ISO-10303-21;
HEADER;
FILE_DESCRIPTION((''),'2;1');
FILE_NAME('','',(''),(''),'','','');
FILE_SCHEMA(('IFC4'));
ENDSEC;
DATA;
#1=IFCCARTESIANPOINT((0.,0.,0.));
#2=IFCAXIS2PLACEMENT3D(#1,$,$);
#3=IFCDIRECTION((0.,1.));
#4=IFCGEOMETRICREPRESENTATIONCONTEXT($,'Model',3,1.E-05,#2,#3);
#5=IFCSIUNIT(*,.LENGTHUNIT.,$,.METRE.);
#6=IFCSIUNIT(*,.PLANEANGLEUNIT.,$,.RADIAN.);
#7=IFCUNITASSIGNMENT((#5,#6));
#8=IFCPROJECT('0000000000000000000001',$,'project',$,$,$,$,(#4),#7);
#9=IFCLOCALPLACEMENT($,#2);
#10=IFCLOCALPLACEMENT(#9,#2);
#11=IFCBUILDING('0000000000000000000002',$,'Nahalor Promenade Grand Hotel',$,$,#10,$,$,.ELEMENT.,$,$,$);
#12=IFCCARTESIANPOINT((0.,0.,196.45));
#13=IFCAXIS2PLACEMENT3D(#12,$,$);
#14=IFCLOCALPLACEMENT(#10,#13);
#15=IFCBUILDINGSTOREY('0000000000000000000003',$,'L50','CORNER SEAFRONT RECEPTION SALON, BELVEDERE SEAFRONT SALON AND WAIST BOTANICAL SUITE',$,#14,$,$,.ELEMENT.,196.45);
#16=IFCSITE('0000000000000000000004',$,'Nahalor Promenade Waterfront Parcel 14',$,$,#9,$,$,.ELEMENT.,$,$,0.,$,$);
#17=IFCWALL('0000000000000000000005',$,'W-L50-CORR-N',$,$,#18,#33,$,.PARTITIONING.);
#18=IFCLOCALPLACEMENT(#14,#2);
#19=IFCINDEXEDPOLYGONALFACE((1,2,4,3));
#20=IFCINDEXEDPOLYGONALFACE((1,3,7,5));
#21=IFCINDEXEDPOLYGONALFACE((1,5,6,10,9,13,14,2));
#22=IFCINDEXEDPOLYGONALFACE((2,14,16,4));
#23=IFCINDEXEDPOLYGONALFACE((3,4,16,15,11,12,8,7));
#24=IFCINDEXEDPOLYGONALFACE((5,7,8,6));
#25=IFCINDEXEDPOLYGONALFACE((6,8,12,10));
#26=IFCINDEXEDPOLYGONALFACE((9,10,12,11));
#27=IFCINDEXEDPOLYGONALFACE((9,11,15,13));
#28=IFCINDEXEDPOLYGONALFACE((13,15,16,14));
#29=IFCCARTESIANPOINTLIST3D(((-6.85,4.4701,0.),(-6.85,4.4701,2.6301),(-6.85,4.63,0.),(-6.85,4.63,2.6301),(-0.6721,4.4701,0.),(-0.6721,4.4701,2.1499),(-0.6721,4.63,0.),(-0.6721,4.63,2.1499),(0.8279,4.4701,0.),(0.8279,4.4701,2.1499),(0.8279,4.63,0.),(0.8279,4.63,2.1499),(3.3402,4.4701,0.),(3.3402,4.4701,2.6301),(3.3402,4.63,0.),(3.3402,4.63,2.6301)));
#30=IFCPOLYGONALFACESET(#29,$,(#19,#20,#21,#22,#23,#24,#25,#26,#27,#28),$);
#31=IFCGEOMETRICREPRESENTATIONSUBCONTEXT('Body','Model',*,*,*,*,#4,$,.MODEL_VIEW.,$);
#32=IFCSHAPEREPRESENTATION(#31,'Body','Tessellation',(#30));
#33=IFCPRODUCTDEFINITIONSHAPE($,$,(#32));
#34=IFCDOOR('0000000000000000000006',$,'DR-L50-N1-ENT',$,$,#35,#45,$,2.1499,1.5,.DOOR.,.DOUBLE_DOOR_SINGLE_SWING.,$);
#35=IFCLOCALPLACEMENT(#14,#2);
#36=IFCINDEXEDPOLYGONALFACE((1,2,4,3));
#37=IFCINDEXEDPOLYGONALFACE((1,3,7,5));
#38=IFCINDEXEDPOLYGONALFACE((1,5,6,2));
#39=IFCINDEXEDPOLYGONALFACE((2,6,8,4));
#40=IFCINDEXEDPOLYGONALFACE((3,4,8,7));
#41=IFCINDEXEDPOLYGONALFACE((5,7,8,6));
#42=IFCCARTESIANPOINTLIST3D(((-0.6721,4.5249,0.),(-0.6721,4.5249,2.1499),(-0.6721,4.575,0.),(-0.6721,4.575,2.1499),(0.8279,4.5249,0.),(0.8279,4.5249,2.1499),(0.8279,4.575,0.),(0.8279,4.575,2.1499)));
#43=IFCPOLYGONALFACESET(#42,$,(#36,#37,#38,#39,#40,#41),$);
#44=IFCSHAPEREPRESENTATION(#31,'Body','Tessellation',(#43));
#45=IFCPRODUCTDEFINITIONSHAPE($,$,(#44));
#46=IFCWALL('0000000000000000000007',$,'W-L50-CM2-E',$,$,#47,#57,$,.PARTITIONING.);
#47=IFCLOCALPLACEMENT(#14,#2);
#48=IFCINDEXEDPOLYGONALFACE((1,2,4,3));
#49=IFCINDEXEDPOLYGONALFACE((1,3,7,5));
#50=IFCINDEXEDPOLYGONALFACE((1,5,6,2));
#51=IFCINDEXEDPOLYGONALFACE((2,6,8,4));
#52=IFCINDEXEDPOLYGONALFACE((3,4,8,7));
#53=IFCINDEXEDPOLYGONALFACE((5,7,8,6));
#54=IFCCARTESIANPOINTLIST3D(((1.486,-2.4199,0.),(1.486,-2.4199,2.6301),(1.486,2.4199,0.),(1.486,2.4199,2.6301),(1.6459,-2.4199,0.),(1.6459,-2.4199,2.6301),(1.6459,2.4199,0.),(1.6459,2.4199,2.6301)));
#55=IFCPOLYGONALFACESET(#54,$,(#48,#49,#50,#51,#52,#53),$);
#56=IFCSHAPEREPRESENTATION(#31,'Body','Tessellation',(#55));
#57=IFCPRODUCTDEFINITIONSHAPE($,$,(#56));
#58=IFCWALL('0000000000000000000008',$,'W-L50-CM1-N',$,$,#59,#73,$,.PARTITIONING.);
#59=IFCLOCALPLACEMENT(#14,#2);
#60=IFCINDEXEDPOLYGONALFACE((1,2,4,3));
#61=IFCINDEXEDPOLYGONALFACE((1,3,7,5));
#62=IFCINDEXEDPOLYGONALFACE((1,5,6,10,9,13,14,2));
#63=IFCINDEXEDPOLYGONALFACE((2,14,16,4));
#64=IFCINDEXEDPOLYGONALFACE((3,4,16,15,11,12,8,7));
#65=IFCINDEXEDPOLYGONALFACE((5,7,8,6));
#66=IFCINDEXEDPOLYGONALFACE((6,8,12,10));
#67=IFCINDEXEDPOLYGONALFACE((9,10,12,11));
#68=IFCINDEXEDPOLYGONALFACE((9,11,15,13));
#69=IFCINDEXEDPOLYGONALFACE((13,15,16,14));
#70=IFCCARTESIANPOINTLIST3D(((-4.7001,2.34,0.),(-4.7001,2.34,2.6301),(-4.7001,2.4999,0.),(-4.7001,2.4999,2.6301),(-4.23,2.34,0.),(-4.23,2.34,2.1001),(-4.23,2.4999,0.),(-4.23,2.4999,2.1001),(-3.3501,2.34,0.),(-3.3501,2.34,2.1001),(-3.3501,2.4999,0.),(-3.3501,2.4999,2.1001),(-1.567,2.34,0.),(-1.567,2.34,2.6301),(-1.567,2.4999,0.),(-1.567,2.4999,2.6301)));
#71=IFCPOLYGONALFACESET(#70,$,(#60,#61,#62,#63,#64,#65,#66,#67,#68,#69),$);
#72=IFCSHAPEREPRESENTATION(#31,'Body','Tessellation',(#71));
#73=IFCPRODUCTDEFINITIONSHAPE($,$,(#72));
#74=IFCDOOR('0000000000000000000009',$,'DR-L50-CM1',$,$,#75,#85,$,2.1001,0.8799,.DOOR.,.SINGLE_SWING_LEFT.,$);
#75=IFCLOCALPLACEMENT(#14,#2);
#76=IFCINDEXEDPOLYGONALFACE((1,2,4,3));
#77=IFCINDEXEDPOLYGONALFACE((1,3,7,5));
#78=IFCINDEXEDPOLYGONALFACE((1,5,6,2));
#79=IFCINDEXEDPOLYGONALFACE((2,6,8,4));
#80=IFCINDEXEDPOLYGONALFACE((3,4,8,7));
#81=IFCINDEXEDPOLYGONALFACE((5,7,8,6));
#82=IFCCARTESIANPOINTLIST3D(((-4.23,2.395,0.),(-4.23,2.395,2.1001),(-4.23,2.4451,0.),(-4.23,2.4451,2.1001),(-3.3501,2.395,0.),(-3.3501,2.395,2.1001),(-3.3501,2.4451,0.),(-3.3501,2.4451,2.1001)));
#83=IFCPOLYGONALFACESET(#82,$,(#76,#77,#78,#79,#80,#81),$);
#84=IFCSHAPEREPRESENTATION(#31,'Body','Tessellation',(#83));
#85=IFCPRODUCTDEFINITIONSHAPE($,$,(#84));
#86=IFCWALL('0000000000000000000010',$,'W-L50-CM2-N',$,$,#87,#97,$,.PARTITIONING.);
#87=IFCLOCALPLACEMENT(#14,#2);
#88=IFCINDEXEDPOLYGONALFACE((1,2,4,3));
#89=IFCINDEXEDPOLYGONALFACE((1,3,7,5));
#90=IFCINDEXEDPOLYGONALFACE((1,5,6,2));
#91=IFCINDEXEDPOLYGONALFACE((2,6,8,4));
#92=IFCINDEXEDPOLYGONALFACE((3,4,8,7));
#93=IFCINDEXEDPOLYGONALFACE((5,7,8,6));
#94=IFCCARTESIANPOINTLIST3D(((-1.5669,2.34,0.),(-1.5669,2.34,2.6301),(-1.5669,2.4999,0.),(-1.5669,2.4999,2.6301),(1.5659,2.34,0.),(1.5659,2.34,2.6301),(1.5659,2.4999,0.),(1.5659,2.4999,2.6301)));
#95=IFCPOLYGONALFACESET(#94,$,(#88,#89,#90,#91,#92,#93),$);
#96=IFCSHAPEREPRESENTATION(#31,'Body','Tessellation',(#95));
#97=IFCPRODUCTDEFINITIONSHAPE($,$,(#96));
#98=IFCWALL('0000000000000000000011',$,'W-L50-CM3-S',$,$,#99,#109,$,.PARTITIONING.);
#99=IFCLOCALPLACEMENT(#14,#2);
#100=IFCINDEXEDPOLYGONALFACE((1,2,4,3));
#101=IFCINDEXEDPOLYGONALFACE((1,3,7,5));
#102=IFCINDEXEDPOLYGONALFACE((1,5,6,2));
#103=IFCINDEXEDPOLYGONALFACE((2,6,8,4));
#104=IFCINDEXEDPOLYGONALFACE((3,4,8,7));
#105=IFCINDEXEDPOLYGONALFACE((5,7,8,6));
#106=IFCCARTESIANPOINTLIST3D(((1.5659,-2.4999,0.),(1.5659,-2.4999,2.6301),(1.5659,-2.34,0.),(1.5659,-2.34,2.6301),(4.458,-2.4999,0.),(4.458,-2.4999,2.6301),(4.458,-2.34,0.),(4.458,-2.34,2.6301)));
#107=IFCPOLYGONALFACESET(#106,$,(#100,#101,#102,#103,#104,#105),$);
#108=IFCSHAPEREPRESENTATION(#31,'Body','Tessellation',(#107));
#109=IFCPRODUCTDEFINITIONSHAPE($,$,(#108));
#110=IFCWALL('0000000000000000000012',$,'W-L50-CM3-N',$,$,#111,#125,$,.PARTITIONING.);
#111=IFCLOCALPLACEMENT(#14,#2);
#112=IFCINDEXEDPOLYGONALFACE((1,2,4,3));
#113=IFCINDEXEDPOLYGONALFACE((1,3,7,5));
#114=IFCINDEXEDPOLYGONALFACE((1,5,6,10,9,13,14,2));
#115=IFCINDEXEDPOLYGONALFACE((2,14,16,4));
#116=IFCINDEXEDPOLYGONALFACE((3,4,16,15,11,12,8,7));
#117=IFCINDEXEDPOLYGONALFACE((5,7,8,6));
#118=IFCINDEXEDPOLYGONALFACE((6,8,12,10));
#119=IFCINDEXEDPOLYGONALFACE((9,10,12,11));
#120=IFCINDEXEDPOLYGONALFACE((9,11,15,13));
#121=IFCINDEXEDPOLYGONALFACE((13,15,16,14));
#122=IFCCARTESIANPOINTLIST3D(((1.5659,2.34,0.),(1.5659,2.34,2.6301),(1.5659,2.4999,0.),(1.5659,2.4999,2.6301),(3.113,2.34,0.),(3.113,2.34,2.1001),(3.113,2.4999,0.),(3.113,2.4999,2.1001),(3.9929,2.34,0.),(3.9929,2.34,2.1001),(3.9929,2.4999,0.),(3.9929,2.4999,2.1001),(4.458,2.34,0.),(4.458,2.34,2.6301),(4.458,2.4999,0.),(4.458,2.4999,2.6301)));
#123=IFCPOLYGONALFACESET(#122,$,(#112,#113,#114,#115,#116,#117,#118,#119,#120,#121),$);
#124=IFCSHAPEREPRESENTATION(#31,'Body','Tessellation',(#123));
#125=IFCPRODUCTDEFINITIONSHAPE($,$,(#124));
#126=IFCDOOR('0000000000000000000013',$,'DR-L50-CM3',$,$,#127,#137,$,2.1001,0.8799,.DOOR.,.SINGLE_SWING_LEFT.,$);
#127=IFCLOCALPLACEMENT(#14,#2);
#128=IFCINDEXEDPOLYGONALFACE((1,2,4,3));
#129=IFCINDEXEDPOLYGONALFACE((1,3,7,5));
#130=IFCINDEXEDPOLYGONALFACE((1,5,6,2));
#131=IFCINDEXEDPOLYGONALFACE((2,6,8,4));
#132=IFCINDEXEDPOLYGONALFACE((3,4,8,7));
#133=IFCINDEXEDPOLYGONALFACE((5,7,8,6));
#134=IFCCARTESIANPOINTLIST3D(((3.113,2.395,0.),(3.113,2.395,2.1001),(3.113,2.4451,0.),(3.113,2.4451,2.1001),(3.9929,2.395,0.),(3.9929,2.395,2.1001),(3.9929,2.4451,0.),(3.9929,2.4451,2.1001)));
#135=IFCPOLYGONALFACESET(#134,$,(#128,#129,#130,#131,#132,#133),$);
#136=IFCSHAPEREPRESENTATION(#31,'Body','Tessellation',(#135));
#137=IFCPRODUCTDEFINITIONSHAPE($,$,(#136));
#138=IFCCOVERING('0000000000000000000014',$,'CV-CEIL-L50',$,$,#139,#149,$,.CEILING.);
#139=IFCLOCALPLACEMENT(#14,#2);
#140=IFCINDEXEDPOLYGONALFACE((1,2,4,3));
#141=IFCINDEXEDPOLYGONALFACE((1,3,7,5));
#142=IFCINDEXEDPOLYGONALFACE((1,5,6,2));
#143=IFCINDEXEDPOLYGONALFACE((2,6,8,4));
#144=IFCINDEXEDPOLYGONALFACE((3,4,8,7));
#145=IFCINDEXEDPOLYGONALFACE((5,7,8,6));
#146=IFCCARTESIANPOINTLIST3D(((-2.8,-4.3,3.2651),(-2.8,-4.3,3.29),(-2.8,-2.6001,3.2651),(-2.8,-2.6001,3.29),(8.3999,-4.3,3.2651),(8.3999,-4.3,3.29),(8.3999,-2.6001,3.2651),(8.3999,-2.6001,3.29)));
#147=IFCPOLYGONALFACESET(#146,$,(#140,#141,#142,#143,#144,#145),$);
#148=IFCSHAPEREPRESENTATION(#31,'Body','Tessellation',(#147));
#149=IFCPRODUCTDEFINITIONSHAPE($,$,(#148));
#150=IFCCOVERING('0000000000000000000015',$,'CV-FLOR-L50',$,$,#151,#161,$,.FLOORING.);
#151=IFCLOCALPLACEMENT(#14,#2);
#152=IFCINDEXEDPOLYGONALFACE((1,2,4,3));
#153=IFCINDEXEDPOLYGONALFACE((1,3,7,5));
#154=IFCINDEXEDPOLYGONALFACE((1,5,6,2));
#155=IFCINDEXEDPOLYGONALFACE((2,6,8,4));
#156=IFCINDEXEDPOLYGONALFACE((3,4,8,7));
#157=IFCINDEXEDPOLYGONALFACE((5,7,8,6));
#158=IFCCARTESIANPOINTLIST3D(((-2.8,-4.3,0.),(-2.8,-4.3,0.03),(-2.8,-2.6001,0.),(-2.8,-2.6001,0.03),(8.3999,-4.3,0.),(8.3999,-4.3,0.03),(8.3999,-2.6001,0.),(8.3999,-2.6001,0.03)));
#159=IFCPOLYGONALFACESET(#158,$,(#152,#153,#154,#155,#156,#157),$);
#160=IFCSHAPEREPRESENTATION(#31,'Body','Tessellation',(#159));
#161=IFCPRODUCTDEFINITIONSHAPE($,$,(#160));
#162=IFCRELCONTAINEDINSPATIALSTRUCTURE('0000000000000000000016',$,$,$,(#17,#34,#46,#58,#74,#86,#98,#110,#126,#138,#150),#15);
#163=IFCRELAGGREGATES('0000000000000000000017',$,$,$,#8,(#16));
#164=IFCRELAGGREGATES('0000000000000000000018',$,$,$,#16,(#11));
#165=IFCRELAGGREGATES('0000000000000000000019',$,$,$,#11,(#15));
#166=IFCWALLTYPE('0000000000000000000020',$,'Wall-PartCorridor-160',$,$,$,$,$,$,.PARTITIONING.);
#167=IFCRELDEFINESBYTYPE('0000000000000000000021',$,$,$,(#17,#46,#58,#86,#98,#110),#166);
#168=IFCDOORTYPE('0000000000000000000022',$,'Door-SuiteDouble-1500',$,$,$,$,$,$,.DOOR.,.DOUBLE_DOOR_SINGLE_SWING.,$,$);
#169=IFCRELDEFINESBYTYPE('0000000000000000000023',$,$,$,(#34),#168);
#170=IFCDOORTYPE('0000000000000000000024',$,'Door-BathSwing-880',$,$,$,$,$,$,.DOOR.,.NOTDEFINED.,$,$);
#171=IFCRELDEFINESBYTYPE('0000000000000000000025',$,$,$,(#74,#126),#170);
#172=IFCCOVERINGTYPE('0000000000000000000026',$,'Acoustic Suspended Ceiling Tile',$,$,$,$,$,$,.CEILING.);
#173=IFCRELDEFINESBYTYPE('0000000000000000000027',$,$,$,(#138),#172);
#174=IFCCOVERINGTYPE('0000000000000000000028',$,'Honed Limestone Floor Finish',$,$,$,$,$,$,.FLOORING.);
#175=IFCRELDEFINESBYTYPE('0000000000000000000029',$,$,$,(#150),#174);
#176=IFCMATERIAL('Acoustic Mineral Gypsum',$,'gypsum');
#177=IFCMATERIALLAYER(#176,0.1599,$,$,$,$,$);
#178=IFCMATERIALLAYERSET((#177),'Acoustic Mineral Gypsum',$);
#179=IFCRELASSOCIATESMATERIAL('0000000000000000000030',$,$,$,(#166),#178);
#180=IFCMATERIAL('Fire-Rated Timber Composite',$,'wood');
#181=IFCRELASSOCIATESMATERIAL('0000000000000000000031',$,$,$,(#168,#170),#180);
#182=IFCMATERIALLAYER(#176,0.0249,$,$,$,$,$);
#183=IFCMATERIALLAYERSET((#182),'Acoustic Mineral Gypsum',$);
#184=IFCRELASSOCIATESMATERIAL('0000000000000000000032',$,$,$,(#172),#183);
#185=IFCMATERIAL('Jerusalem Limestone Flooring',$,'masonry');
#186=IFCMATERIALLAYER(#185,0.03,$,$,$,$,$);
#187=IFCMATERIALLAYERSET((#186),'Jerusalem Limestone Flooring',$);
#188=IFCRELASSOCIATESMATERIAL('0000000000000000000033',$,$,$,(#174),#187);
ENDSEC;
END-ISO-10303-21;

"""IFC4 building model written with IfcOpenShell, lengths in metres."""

from ifc_helpers import new_model, si_unit, direction, frame, frame_2d, origin, place, context, subcontext, project, spatial, polyline, rectangle, outline, extrude, source, transform, mapped, material, layer, layer_set, type_object, element, fill, save


model = new_model("IFC4")

# Units and contexts
model_context = context("Model", 3, precision=1e-05, world=origin(), true_north=direction((0.0, 1.0)))
body_context = subcontext(model_context, "Body", "Model", "MODEL_VIEW")
ifc_project = project(units=[si_unit("LENGTHUNIT", "METRE"), si_unit("PLANEANGLEUNIT", "RADIAN")], contexts=[model_context])

# Site, building, storey
site_placement = place(None, origin())
site = spatial("IfcSite", under=ifc_project, at=site_placement, Name="Nahalor Promenade Waterfront Parcel 14", CompositionType="ELEMENT", RefElevation=0.0)
building_placement = place(site_placement, origin())
building = spatial("IfcBuilding", under=site, at=building_placement, Name="Nahalor Promenade Grand Hotel", CompositionType="ELEMENT")
storey_placement = place(building_placement, frame((0.0, 0.0, 196.45)))
storey = spatial("IfcBuildingStorey", under=building, at=storey_placement, Name="L50", Description="CORNER SEAFRONT RECEPTION SALON, BELVEDERE SEAFRONT SALON AND WAIST BOTANICAL SUITE", CompositionType="ELEMENT", Elevation=196.45)

# Wall, opening, door
ifc_material_1 = material(Name="Acoustic Mineral Gypsum", Category="gypsum")
ifc_layer_1 = layer(ifc_material_1, 0.1599)
ifc_layer_set_1 = layer_set([ifc_layer_1], Name="Acoustic Mineral Gypsum")
wall_type = type_object("IfcWallType", Name="Wall-PartCorridor-160", PredefinedType="PARTITIONING", material=ifc_layer_set_1)
ifc_material_2 = material(Name="Fire-Rated Timber Composite", Category="wood")
shared_shape_1 = source(origin(), body_context, "Body", "SweptSolid", [
    extrude(rectangle(XDim=10.1902, YDim=0.1599, at=frame_2d((5.0952, 0.0))), origin(), (0.0, 0.0, 1.0), 2.6301),
])
wall_1_placement = place(storey_placement, frame((-6.8501, 4.55, 0.0), z_axis=(0.0, 0.0, 1.0), x_axis=(1.0, 0.0, 0.0)))
wall_1 = element("IfcWall", 1, at=wall_1_placement, inside=storey, type_object=wall_type, Name="W-L50-CORR-N", PredefinedType="PARTITIONING", context=body_context, shape_type="MappedRepresentation", body=[
    mapped(shared_shape_1, transform((0.0, 0.0, 0.0), scale=1.0)),
])
opening_1_placement = place(wall_1_placement, frame((6.178, 0.0, 0.0)))
opening_1 = element("IfcOpeningElement", 2, at=opening_1_placement, cuts=wall_1, PredefinedType="OPENING", context=body_context, shape_type="SweptSolid", body=[
    extrude(rectangle(XDim=1.5, YDim=2.1499, at=frame_2d((0.75, 1.075))), frame((0.0, 0.0898, 0.0), z_axis=(0.0, -1.0, 0.0), x_axis=(1.0, 0.0, 0.0)), (0.0, 0.0, 1.0), 0.1799),
])
door_type_1 = type_object("IfcDoorType", Name="Door-SuiteDouble-1500", OperationType="DOUBLE_DOOR_SINGLE_SWING", PredefinedType="DOOR", material=ifc_material_2)
shared_shape_2 = source(origin(), body_context, "Body", "SweptSolid", [
    extrude(rectangle(XDim=1.5, YDim=2.1499, at=frame_2d((0.75, 1.075))), frame((0.0, 0.0249, 0.0), z_axis=(0.0, -1.0, 0.0), x_axis=(1.0, 0.0, 0.0)), (0.0, 0.0, 1.0), 0.05),
])
door_1_placement = place(opening_1_placement, origin())
door_1 = element("IfcDoor", 3, at=door_1_placement, inside=storey, type_object=door_type_1, Name="DR-L50-N1-ENT", OperationType="DOUBLE_DOOR_SINGLE_SWING", OverallHeight=2.1499, OverallWidth=1.5, PredefinedType="DOOR", context=body_context, shape_type="MappedRepresentation", body=[
    mapped(shared_shape_2, transform((0.0, 0.0, 0.0), scale=1.0)),
])
fill(opening_1, door_1)

# Wall
shared_shape_3 = source(origin(), body_context, "Body", "SweptSolid", [
    extrude(rectangle(XDim=4.8398, YDim=0.1599, at=frame_2d((2.4199, 0.0))), origin(), (0.0, 0.0, 1.0), 2.6301),
])
wall_2_placement = place(storey_placement, frame((1.5659, -2.4199, 0.0), z_axis=(0.0, 0.0, 1.0), x_axis=(0.0, 1.0, 0.0)))
element("IfcWall", 4, at=wall_2_placement, inside=storey, type_object=wall_type, Name="W-L50-CM2-E", PredefinedType="PARTITIONING", context=body_context, shape_type="MappedRepresentation", body=[
    mapped(shared_shape_3, transform((0.0, 0.0, 0.0), scale=1.0)),
])

# Wall, opening, door
shared_shape_4 = source(origin(), body_context, "Body", "SweptSolid", [
    extrude(rectangle(XDim=3.1331, YDim=0.1599, at=frame_2d((1.5664, 0.0))), origin(), (0.0, 0.0, 1.0), 2.6301),
])
wall_3_placement = place(storey_placement, frame((-4.7, 2.4199, 0.0), z_axis=(0.0, 0.0, 1.0), x_axis=(1.0, 0.0, 0.0)))
wall_3 = element("IfcWall", 5, at=wall_3_placement, inside=storey, type_object=wall_type, Name="W-L50-CM1-N", PredefinedType="PARTITIONING", context=body_context, shape_type="MappedRepresentation", body=[
    mapped(shared_shape_4, transform((0.0, 0.0, 0.0), scale=1.0)),
])
opening_2_placement = place(wall_3_placement, frame((0.47, 0.0, 0.0)))
opening_2 = element("IfcOpeningElement", 6, at=opening_2_placement, cuts=wall_3, PredefinedType="OPENING", context=body_context, shape_type="SweptSolid", body=[
    extrude(rectangle(XDim=0.8799, YDim=2.1001, at=frame_2d((0.4399, 1.05))), frame((0.0, 0.0898, 0.0), z_axis=(0.0, -1.0, 0.0), x_axis=(1.0, 0.0, 0.0)), (0.0, 0.0, 1.0), 0.1799),
])
door_type_2 = type_object("IfcDoorType", Name="Door-BathSwing-880", OperationType="NOTDEFINED", PredefinedType="DOOR", material=ifc_material_2)
shared_shape_5 = source(origin(), body_context, "Body", "SweptSolid", [
    extrude(rectangle(XDim=0.8799, YDim=2.1001, at=frame_2d((0.4399, 1.05))), frame((0.0, 0.0249, 0.0), z_axis=(0.0, -1.0, 0.0), x_axis=(1.0, 0.0, 0.0)), (0.0, 0.0, 1.0), 0.05),
])
door_2_placement = place(opening_2_placement, frame((0.8799, 0.0, 0.0), z_axis=(0.0, 0.0, 1.0), x_axis=(-1.0, 0.0, 0.0)))
door_2 = element("IfcDoor", 7, at=door_2_placement, inside=storey, type_object=door_type_2, Name="DR-L50-CM1", OperationType="SINGLE_SWING_LEFT", OverallHeight=2.1001, OverallWidth=0.8799, PredefinedType="DOOR", context=body_context, shape_type="MappedRepresentation", body=[
    mapped(shared_shape_5, transform((0.0, 0.0, 0.0), scale=1.0)),
])
fill(opening_2, door_2)

# Walls
shared_shape_6 = source(origin(), body_context, "Body", "SweptSolid", [
    extrude(rectangle(XDim=3.1328, YDim=0.1599, at=frame_2d((1.5664, 0.0))), origin(), (0.0, 0.0, 1.0), 2.6301),
])
wall_4_placement = place(storey_placement, frame((-1.5669, 2.4199, 0.0), z_axis=(0.0, 0.0, 1.0), x_axis=(1.0, 0.0, 0.0)))
element("IfcWall", 8, at=wall_4_placement, inside=storey, type_object=wall_type, Name="W-L50-CM2-N", PredefinedType="PARTITIONING", context=body_context, shape_type="MappedRepresentation", body=[
    mapped(shared_shape_6, transform((0.0, 0.0, 0.0), scale=1.0)),
])
shared_shape_7 = source(origin(), body_context, "Body", "SweptSolid", [
    extrude(rectangle(XDim=2.8921, YDim=0.1599, at=frame_2d((1.446, 0.0))), origin(), (0.0, 0.0, 1.0), 2.6301),
])
wall_5_placement = place(storey_placement, frame((1.5659, -2.4199, 0.0), z_axis=(0.0, 0.0, 1.0), x_axis=(1.0, 0.0, 0.0)))
element("IfcWall", 9, at=wall_5_placement, inside=storey, type_object=wall_type, Name="W-L50-CM3-S", PredefinedType="PARTITIONING", context=body_context, shape_type="MappedRepresentation", body=[
    mapped(shared_shape_7, transform((0.0, 0.0, 0.0), scale=1.0)),
])

# Wall, opening, door
wall_6_placement = place(storey_placement, frame((1.5659, 2.4199, 0.0), z_axis=(0.0, 0.0, 1.0), x_axis=(1.0, 0.0, 0.0)))
wall_6 = element("IfcWall", 10, at=wall_6_placement, inside=storey, type_object=wall_type, Name="W-L50-CM3-N", PredefinedType="PARTITIONING", context=body_context, shape_type="MappedRepresentation", body=[
    mapped(shared_shape_7, transform((0.0, 0.0, 0.0), scale=1.0)),
])
opening_3_placement = place(wall_6_placement, frame((1.5471, 0.0, 0.0)))
opening_3 = element("IfcOpeningElement", 11, at=opening_3_placement, cuts=wall_6, PredefinedType="OPENING", context=body_context, shape_type="SweptSolid", body=[
    extrude(rectangle(XDim=0.8799, YDim=2.1001, at=frame_2d((0.4399, 1.05))), frame((0.0, 0.0898, 0.0), z_axis=(0.0, -1.0, 0.0), x_axis=(1.0, 0.0, 0.0)), (0.0, 0.0, 1.0), 0.1799),
])
door_3_placement = place(opening_3_placement, frame((0.8799, 0.0, 0.0), z_axis=(0.0, 0.0, 1.0), x_axis=(-1.0, 0.0, 0.0)))
door_3 = element("IfcDoor", 12, at=door_3_placement, inside=storey, type_object=door_type_2, Name="DR-L50-CM3", OperationType="SINGLE_SWING_LEFT", OverallHeight=2.1001, OverallWidth=0.8799, PredefinedType="DOOR", context=body_context, shape_type="MappedRepresentation", body=[
    mapped(shared_shape_5, transform((0.0, 0.0, 0.0), scale=1.0)),
])
fill(opening_3, door_3)

# Coverings
ifc_layer_2 = layer(ifc_material_1, 0.0249)
ifc_layer_set_2 = layer_set([ifc_layer_2], Name="Acoustic Mineral Gypsum")
covering_type_1 = type_object("IfcCoveringType", Name="Acoustic Suspended Ceiling Tile", PredefinedType="CEILING", material=ifc_layer_set_2)
covering_1_placement = place(storey_placement, frame((0.0, 0.0, 3.2651)))
element("IfcCovering", 13, at=covering_1_placement, inside=storey, type_object=covering_type_1, Name="CV-CEIL-L50", PredefinedType="CEILING", context=body_context, shape_type="SweptSolid", body=[
    extrude(outline(polyline([(-2.8, -4.3), (8.3999, -4.3), (8.3999, -2.6001), (-2.8, -2.6001), (-2.8, -4.3)])), origin(), (0.0, 0.0, 1.0), 0.0249),
])
ifc_material_3 = material(Name="Jerusalem Limestone Flooring", Category="masonry")
ifc_layer_3 = layer(ifc_material_3, 0.03)
ifc_layer_set_3 = layer_set([ifc_layer_3], Name="Jerusalem Limestone Flooring")
covering_type_2 = type_object("IfcCoveringType", Name="Honed Limestone Floor Finish", PredefinedType="FLOORING", material=ifc_layer_set_3)
covering_2_placement = place(storey_placement, origin())
element("IfcCovering", 14, at=covering_2_placement, inside=storey, type_object=covering_type_2, Name="CV-FLOR-L50", PredefinedType="FLOORING", context=body_context, shape_type="SweptSolid", body=[
    extrude(outline(polyline([(-2.8, -4.3), (8.3999, -4.3), (8.3999, -2.6001), (-2.8, -2.6001), (-2.8, -4.3)])), origin(), (0.0, 0.0, 1.0), 0.03),
])

save(model, "model.ifc")
